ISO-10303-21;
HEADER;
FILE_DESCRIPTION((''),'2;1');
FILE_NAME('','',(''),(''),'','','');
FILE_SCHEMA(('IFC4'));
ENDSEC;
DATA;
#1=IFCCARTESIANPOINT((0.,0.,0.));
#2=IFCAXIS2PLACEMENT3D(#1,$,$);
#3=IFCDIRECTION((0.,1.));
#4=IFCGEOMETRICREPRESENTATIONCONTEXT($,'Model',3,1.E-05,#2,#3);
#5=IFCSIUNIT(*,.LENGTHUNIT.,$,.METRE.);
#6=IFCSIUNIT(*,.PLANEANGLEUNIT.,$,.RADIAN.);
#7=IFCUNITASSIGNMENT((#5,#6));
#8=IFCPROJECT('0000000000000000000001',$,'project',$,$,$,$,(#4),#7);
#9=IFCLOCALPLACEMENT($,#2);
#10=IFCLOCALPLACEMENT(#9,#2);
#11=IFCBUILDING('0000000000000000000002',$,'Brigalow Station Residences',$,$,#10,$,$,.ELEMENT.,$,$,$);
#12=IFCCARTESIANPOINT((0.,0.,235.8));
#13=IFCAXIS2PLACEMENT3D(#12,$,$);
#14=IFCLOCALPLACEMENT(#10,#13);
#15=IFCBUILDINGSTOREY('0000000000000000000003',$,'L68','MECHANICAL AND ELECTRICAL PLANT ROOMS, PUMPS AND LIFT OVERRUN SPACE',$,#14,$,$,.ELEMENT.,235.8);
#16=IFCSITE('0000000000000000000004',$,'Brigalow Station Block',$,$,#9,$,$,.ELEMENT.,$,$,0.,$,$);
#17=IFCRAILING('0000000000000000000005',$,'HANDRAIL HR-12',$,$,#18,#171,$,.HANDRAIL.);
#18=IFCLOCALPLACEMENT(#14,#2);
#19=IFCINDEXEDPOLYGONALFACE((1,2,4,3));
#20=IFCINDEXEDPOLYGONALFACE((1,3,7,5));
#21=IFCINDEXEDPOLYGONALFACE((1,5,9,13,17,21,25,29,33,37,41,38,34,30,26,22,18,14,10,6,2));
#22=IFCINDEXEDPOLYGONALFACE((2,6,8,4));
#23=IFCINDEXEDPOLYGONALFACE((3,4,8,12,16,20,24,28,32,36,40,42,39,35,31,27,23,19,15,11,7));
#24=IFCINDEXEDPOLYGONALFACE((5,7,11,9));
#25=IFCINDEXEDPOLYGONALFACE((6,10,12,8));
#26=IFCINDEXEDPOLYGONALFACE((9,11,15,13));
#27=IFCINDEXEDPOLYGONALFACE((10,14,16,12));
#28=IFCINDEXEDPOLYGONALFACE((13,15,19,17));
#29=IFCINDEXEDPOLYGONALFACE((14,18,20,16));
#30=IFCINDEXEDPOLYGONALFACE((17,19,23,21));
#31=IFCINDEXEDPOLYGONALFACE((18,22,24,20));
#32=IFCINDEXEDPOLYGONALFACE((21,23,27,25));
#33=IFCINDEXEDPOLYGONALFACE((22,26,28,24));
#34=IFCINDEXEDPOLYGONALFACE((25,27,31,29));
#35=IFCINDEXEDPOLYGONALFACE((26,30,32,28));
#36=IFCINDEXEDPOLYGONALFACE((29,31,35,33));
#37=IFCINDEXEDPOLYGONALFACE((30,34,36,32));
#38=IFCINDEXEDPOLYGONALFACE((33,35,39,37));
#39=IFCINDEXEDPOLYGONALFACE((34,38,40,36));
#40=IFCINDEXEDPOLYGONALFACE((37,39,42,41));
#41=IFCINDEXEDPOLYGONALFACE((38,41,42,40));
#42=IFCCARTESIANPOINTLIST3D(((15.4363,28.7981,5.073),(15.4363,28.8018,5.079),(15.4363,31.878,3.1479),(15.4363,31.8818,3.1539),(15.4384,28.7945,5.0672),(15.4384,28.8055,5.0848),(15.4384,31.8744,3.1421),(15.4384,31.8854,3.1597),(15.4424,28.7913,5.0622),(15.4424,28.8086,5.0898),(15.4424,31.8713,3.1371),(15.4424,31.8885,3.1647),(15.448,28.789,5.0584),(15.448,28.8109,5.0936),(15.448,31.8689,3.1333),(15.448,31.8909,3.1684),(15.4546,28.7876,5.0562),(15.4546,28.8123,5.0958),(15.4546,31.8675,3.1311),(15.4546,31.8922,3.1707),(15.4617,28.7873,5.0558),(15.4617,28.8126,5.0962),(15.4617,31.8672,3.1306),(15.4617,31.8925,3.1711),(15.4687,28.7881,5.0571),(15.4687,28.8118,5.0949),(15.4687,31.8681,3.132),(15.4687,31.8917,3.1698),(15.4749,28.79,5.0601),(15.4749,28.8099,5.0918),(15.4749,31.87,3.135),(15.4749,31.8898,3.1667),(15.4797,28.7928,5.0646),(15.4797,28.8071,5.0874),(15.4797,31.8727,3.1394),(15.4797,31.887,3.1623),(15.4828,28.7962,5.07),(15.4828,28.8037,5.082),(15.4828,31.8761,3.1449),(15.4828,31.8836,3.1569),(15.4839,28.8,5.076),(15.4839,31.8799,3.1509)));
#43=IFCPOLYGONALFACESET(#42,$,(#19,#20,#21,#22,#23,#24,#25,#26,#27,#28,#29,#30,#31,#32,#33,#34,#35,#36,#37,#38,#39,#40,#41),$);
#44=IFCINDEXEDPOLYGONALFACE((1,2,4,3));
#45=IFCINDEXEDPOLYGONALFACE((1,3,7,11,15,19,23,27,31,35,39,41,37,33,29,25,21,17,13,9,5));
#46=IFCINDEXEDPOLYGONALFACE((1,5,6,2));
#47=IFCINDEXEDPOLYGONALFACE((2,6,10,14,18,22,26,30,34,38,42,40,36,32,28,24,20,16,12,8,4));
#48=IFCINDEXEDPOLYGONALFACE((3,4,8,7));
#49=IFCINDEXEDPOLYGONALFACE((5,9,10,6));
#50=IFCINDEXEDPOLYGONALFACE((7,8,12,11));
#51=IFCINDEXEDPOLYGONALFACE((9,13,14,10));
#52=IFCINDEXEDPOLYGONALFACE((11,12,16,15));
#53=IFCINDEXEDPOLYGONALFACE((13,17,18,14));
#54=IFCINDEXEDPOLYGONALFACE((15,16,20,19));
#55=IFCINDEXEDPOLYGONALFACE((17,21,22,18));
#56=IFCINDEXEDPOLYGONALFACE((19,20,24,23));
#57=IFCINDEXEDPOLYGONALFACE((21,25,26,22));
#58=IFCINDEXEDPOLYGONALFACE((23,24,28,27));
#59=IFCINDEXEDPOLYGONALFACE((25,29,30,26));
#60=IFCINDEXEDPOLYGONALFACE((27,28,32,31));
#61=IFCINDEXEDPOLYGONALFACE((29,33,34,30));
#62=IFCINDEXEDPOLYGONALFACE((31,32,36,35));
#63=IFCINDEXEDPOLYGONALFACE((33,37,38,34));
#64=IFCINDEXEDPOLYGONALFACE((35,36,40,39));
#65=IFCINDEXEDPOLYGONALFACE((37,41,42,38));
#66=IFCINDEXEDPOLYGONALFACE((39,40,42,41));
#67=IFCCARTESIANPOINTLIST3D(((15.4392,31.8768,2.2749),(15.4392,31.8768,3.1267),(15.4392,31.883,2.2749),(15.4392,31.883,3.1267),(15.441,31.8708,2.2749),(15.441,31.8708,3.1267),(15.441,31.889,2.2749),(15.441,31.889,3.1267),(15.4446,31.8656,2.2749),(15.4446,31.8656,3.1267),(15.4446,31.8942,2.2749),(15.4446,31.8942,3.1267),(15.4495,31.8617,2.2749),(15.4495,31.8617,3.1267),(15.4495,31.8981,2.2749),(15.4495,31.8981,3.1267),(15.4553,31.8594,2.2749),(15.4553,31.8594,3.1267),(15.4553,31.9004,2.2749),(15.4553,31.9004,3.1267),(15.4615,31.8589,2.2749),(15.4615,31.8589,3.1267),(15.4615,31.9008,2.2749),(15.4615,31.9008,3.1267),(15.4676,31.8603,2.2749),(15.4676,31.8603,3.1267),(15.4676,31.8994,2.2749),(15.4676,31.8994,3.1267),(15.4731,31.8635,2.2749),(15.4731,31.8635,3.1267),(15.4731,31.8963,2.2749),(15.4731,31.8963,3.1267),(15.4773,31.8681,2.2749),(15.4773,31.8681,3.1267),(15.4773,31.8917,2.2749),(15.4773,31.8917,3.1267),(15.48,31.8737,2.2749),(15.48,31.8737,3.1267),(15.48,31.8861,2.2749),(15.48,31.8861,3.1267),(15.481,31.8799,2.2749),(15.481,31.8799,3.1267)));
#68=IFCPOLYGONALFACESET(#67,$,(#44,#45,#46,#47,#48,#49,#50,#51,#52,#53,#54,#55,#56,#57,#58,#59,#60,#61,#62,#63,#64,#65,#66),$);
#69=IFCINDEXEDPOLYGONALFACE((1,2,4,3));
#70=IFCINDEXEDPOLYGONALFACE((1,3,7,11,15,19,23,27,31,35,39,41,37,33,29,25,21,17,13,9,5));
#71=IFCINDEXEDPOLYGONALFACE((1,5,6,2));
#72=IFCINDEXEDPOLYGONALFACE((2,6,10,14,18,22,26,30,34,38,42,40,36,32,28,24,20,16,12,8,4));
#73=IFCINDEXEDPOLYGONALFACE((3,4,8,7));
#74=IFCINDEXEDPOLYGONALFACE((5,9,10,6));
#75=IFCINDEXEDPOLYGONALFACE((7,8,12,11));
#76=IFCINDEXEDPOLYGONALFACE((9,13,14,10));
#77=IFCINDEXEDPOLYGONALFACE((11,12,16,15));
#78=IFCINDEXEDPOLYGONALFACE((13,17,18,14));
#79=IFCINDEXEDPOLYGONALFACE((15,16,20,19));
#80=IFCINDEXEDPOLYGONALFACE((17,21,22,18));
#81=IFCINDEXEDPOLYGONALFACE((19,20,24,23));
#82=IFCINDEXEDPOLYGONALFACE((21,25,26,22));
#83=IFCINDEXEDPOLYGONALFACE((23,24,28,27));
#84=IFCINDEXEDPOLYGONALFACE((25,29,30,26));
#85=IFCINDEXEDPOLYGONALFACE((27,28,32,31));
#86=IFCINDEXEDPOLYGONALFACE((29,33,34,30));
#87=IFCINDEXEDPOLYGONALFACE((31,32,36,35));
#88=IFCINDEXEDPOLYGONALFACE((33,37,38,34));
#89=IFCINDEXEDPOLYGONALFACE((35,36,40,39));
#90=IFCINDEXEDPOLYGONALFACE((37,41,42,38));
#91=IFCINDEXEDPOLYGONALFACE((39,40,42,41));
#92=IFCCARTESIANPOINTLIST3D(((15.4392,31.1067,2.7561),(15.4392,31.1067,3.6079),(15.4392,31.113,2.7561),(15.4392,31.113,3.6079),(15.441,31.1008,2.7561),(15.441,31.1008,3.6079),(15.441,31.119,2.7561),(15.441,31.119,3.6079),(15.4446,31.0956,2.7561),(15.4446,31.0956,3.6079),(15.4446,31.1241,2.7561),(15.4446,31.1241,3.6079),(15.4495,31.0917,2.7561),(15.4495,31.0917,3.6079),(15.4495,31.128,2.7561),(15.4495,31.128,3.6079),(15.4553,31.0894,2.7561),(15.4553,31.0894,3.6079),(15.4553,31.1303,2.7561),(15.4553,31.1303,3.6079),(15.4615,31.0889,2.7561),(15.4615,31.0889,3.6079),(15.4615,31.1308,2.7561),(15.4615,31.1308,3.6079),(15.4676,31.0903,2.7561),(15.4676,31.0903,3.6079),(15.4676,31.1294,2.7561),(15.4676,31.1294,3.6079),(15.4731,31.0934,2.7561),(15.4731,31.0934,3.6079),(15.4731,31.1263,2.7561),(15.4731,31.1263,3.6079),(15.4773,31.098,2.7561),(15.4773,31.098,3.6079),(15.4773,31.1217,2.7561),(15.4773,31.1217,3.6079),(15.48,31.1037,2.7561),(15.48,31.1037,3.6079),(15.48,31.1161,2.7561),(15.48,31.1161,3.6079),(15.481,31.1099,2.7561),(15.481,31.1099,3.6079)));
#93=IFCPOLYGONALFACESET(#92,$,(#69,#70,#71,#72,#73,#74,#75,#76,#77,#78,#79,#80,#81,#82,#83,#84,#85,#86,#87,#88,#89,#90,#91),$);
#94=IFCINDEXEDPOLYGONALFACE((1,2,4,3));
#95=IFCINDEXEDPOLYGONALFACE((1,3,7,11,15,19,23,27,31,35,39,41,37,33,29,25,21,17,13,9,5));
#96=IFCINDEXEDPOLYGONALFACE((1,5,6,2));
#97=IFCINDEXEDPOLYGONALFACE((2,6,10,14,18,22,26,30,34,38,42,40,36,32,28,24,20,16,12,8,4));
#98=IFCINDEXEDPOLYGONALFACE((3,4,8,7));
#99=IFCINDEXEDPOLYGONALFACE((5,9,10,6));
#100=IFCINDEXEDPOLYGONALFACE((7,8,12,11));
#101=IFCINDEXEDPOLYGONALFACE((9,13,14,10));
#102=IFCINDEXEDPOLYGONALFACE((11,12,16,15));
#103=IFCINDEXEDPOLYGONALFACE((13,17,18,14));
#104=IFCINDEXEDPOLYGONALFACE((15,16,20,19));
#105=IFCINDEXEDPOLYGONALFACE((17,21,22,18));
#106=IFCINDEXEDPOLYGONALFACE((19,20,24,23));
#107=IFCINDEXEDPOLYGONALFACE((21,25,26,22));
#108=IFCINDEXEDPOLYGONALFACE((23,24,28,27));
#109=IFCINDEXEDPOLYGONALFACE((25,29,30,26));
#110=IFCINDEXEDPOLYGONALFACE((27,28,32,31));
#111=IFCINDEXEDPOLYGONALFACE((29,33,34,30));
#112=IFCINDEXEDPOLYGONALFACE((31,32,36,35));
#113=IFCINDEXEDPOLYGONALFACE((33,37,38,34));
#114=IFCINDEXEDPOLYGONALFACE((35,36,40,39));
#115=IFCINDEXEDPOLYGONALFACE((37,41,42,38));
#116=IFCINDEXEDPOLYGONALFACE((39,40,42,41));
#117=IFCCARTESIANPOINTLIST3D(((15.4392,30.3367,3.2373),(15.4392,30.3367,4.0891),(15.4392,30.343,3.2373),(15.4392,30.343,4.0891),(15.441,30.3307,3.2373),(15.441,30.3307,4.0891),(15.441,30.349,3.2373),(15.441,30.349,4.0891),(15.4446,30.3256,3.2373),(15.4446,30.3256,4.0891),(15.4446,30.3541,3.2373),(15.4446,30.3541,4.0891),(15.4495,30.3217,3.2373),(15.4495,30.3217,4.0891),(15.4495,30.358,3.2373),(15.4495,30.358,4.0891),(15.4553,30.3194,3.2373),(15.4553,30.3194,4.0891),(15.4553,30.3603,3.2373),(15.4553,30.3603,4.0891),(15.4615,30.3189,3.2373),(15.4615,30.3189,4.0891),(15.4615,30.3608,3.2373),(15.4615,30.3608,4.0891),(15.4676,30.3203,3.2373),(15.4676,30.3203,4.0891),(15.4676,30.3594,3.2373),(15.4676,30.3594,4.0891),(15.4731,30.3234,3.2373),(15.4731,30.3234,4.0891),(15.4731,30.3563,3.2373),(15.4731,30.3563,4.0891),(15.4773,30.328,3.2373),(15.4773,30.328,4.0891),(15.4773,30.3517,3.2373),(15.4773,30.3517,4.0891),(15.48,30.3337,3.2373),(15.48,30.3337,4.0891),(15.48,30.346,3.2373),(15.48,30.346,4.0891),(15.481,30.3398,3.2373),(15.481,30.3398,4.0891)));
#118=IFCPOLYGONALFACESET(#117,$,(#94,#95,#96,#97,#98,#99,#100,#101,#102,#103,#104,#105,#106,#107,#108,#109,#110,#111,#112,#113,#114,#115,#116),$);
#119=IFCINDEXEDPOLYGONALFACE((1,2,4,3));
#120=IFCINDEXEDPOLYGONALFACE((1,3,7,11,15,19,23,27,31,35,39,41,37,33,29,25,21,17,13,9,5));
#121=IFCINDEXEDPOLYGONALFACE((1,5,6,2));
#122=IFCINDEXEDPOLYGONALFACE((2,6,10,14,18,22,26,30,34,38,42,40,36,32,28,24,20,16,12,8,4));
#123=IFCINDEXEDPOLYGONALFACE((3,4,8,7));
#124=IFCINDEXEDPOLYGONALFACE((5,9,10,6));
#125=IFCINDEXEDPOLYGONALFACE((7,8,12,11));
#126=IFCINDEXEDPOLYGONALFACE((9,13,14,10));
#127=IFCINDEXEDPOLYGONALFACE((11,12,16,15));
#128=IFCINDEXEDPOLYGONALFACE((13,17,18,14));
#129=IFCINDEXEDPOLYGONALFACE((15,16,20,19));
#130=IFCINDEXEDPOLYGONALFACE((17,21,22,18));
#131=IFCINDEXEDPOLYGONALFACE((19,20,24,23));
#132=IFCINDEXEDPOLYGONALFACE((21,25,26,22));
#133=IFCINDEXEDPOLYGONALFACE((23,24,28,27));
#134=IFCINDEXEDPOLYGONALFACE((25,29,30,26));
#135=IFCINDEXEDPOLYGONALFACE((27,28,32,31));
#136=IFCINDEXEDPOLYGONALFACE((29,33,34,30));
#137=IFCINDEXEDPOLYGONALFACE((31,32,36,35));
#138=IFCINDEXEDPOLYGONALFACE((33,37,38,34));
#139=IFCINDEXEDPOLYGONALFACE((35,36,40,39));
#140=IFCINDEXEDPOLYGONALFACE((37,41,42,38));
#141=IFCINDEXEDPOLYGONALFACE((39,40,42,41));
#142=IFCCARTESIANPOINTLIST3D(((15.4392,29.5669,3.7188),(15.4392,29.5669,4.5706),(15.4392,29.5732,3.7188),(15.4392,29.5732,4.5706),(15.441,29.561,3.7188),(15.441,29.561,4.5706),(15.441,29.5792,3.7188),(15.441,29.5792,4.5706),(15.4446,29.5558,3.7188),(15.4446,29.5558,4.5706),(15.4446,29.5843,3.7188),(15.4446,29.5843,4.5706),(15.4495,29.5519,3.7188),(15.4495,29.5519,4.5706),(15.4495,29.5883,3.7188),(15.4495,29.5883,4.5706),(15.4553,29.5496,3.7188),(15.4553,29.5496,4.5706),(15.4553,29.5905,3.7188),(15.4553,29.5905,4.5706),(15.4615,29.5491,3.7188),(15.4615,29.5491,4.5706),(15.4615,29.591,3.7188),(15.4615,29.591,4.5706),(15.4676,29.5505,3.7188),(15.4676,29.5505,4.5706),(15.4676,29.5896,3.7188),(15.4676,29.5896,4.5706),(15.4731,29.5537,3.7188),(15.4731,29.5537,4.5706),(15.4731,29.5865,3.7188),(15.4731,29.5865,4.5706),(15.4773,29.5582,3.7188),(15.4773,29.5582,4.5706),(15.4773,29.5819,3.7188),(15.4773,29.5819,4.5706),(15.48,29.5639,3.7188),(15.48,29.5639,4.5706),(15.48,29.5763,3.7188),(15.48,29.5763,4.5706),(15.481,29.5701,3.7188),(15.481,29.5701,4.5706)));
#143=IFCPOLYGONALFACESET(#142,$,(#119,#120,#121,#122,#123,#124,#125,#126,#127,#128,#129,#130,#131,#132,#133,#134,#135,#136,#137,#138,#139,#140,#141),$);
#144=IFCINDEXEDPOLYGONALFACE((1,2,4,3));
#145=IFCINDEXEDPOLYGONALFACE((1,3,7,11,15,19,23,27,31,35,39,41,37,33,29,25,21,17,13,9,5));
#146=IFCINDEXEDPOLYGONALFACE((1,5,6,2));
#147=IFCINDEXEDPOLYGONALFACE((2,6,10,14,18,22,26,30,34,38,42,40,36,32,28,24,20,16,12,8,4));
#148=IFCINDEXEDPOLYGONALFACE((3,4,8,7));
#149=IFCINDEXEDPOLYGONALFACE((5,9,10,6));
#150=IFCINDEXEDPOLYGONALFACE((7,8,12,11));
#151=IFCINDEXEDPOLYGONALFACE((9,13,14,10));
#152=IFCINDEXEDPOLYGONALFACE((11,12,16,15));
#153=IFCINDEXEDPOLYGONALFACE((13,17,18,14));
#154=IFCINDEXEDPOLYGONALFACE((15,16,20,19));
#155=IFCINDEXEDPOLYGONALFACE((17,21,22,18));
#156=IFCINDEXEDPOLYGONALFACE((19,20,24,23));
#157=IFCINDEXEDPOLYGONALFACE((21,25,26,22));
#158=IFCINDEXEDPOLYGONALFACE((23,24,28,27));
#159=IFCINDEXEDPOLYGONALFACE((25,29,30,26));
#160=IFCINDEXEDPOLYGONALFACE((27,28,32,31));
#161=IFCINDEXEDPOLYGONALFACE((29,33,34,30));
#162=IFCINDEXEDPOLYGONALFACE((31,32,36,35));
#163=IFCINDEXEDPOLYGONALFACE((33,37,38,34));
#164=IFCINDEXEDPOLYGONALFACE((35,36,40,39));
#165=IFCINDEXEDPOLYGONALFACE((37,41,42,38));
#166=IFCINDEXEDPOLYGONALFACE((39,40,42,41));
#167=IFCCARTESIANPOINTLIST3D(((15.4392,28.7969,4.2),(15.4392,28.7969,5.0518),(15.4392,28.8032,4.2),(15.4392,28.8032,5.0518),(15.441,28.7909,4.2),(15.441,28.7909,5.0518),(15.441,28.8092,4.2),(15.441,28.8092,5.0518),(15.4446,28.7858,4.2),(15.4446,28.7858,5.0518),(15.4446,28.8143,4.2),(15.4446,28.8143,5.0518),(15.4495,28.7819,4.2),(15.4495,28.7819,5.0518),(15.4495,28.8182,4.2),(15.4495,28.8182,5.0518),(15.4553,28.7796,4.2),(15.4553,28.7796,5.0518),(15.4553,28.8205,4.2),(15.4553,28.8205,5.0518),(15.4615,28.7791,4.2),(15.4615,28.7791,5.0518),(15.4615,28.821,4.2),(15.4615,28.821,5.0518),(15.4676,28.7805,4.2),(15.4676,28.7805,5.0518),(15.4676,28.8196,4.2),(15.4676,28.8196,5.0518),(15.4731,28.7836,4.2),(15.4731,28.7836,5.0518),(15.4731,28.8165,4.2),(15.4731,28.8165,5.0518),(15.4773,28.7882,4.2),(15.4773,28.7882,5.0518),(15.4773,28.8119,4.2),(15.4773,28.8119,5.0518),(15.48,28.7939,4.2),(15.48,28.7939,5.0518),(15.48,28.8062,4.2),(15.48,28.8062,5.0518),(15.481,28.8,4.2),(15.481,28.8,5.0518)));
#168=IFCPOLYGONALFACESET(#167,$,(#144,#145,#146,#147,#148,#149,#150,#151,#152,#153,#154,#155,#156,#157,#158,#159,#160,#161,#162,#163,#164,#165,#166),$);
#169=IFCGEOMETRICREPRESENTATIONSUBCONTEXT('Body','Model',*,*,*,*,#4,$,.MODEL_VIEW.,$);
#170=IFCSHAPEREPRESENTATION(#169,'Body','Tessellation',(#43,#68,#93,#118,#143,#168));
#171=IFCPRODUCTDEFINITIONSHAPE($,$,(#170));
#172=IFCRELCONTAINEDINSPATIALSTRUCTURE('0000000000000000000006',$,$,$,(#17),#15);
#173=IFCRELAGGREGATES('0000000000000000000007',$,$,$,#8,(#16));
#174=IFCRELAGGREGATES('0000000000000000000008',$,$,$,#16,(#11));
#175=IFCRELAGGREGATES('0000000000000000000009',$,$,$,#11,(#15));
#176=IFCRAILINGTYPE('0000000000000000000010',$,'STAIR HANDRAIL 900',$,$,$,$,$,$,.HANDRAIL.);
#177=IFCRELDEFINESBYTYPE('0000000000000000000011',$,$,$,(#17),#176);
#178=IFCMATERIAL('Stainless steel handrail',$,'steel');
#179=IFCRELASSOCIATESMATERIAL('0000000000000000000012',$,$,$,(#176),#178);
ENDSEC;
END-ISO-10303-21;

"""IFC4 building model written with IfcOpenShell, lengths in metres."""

from ifc_helpers import new_model, si_unit, direction, frame, origin, origin_2d, place, context, subcontext, project, spatial, circle, extrude, material, type_object, element, save


model = new_model("IFC4")

# Units and contexts
model_context = context("Model", 3, precision=1e-05, world=origin(), true_north=direction((0.0, 1.0)))
body_context = subcontext(model_context, "Body", "Model", "MODEL_VIEW")
ifc_project = project(units=[si_unit("LENGTHUNIT", "METRE"), si_unit("PLANEANGLEUNIT", "RADIAN")], contexts=[model_context])

# Site, building, storey
site_placement = place(None, origin())
site = spatial("IfcSite", under=ifc_project, at=site_placement, Name="Brigalow Station Block", CompositionType="ELEMENT", RefElevation=0.0)
building_placement = place(site_placement, origin())
building = spatial("IfcBuilding", under=site, at=building_placement, Name="Brigalow Station Residences", CompositionType="ELEMENT")
storey_placement = place(building_placement, frame((0.0, 0.0, 235.8)))
storey = spatial("IfcBuildingStorey", under=building, at=storey_placement, Name="L68", Description="MECHANICAL AND ELECTRICAL PLANT ROOMS, PUMPS AND LIFT OVERRUN SPACE", CompositionType="ELEMENT", Elevation=235.8)

# Railing
ifc_material_1 = material(Name="Stainless steel handrail", Category="steel")
railing_type = type_object("IfcRailingType", Name="STAIR HANDRAIL 900", PredefinedType="HANDRAIL", material=ifc_material_1)
railing_placement = place(storey_placement, frame((15.46, 31.8799, 2.2749)))
element("IfcRailing", 1, at=railing_placement, inside=storey, type_object=railing_type, Name="HANDRAIL HR-12", PredefinedType="HANDRAIL", context=body_context, shape_type="SweptSolid", body=[
    extrude(circle(Radius=0.0239, at=origin_2d()), frame((0.0, 0.0, 0.876), z_axis=(0.0, -0.847979, 0.530029), x_axis=(1.0, 0.0, 0.0)), (0.0, 0.0, 1.0), 3.6321),
    extrude(circle(Radius=0.021, at=origin_2d()), origin(), (0.0, 0.0, 1.0), 0.8518),
    extrude(circle(Radius=0.021, at=origin_2d()), frame((0.0, -0.77, 0.4812)), (0.0, 0.0, 1.0), 0.8518),
    extrude(circle(Radius=0.021, at=origin_2d()), frame((0.0, -1.54, 0.9624)), (0.0, 0.0, 1.0), 0.8518),
    extrude(circle(Radius=0.021, at=origin_2d()), frame((0.0, -2.3098, 1.4438)), (0.0, 0.0, 1.0), 0.8518),
    extrude(circle(Radius=0.021, at=origin_2d()), frame((0.0, -3.0798, 1.925)), (0.0, 0.0, 1.0), 0.8518),
])

save(model, "model.ifc")
